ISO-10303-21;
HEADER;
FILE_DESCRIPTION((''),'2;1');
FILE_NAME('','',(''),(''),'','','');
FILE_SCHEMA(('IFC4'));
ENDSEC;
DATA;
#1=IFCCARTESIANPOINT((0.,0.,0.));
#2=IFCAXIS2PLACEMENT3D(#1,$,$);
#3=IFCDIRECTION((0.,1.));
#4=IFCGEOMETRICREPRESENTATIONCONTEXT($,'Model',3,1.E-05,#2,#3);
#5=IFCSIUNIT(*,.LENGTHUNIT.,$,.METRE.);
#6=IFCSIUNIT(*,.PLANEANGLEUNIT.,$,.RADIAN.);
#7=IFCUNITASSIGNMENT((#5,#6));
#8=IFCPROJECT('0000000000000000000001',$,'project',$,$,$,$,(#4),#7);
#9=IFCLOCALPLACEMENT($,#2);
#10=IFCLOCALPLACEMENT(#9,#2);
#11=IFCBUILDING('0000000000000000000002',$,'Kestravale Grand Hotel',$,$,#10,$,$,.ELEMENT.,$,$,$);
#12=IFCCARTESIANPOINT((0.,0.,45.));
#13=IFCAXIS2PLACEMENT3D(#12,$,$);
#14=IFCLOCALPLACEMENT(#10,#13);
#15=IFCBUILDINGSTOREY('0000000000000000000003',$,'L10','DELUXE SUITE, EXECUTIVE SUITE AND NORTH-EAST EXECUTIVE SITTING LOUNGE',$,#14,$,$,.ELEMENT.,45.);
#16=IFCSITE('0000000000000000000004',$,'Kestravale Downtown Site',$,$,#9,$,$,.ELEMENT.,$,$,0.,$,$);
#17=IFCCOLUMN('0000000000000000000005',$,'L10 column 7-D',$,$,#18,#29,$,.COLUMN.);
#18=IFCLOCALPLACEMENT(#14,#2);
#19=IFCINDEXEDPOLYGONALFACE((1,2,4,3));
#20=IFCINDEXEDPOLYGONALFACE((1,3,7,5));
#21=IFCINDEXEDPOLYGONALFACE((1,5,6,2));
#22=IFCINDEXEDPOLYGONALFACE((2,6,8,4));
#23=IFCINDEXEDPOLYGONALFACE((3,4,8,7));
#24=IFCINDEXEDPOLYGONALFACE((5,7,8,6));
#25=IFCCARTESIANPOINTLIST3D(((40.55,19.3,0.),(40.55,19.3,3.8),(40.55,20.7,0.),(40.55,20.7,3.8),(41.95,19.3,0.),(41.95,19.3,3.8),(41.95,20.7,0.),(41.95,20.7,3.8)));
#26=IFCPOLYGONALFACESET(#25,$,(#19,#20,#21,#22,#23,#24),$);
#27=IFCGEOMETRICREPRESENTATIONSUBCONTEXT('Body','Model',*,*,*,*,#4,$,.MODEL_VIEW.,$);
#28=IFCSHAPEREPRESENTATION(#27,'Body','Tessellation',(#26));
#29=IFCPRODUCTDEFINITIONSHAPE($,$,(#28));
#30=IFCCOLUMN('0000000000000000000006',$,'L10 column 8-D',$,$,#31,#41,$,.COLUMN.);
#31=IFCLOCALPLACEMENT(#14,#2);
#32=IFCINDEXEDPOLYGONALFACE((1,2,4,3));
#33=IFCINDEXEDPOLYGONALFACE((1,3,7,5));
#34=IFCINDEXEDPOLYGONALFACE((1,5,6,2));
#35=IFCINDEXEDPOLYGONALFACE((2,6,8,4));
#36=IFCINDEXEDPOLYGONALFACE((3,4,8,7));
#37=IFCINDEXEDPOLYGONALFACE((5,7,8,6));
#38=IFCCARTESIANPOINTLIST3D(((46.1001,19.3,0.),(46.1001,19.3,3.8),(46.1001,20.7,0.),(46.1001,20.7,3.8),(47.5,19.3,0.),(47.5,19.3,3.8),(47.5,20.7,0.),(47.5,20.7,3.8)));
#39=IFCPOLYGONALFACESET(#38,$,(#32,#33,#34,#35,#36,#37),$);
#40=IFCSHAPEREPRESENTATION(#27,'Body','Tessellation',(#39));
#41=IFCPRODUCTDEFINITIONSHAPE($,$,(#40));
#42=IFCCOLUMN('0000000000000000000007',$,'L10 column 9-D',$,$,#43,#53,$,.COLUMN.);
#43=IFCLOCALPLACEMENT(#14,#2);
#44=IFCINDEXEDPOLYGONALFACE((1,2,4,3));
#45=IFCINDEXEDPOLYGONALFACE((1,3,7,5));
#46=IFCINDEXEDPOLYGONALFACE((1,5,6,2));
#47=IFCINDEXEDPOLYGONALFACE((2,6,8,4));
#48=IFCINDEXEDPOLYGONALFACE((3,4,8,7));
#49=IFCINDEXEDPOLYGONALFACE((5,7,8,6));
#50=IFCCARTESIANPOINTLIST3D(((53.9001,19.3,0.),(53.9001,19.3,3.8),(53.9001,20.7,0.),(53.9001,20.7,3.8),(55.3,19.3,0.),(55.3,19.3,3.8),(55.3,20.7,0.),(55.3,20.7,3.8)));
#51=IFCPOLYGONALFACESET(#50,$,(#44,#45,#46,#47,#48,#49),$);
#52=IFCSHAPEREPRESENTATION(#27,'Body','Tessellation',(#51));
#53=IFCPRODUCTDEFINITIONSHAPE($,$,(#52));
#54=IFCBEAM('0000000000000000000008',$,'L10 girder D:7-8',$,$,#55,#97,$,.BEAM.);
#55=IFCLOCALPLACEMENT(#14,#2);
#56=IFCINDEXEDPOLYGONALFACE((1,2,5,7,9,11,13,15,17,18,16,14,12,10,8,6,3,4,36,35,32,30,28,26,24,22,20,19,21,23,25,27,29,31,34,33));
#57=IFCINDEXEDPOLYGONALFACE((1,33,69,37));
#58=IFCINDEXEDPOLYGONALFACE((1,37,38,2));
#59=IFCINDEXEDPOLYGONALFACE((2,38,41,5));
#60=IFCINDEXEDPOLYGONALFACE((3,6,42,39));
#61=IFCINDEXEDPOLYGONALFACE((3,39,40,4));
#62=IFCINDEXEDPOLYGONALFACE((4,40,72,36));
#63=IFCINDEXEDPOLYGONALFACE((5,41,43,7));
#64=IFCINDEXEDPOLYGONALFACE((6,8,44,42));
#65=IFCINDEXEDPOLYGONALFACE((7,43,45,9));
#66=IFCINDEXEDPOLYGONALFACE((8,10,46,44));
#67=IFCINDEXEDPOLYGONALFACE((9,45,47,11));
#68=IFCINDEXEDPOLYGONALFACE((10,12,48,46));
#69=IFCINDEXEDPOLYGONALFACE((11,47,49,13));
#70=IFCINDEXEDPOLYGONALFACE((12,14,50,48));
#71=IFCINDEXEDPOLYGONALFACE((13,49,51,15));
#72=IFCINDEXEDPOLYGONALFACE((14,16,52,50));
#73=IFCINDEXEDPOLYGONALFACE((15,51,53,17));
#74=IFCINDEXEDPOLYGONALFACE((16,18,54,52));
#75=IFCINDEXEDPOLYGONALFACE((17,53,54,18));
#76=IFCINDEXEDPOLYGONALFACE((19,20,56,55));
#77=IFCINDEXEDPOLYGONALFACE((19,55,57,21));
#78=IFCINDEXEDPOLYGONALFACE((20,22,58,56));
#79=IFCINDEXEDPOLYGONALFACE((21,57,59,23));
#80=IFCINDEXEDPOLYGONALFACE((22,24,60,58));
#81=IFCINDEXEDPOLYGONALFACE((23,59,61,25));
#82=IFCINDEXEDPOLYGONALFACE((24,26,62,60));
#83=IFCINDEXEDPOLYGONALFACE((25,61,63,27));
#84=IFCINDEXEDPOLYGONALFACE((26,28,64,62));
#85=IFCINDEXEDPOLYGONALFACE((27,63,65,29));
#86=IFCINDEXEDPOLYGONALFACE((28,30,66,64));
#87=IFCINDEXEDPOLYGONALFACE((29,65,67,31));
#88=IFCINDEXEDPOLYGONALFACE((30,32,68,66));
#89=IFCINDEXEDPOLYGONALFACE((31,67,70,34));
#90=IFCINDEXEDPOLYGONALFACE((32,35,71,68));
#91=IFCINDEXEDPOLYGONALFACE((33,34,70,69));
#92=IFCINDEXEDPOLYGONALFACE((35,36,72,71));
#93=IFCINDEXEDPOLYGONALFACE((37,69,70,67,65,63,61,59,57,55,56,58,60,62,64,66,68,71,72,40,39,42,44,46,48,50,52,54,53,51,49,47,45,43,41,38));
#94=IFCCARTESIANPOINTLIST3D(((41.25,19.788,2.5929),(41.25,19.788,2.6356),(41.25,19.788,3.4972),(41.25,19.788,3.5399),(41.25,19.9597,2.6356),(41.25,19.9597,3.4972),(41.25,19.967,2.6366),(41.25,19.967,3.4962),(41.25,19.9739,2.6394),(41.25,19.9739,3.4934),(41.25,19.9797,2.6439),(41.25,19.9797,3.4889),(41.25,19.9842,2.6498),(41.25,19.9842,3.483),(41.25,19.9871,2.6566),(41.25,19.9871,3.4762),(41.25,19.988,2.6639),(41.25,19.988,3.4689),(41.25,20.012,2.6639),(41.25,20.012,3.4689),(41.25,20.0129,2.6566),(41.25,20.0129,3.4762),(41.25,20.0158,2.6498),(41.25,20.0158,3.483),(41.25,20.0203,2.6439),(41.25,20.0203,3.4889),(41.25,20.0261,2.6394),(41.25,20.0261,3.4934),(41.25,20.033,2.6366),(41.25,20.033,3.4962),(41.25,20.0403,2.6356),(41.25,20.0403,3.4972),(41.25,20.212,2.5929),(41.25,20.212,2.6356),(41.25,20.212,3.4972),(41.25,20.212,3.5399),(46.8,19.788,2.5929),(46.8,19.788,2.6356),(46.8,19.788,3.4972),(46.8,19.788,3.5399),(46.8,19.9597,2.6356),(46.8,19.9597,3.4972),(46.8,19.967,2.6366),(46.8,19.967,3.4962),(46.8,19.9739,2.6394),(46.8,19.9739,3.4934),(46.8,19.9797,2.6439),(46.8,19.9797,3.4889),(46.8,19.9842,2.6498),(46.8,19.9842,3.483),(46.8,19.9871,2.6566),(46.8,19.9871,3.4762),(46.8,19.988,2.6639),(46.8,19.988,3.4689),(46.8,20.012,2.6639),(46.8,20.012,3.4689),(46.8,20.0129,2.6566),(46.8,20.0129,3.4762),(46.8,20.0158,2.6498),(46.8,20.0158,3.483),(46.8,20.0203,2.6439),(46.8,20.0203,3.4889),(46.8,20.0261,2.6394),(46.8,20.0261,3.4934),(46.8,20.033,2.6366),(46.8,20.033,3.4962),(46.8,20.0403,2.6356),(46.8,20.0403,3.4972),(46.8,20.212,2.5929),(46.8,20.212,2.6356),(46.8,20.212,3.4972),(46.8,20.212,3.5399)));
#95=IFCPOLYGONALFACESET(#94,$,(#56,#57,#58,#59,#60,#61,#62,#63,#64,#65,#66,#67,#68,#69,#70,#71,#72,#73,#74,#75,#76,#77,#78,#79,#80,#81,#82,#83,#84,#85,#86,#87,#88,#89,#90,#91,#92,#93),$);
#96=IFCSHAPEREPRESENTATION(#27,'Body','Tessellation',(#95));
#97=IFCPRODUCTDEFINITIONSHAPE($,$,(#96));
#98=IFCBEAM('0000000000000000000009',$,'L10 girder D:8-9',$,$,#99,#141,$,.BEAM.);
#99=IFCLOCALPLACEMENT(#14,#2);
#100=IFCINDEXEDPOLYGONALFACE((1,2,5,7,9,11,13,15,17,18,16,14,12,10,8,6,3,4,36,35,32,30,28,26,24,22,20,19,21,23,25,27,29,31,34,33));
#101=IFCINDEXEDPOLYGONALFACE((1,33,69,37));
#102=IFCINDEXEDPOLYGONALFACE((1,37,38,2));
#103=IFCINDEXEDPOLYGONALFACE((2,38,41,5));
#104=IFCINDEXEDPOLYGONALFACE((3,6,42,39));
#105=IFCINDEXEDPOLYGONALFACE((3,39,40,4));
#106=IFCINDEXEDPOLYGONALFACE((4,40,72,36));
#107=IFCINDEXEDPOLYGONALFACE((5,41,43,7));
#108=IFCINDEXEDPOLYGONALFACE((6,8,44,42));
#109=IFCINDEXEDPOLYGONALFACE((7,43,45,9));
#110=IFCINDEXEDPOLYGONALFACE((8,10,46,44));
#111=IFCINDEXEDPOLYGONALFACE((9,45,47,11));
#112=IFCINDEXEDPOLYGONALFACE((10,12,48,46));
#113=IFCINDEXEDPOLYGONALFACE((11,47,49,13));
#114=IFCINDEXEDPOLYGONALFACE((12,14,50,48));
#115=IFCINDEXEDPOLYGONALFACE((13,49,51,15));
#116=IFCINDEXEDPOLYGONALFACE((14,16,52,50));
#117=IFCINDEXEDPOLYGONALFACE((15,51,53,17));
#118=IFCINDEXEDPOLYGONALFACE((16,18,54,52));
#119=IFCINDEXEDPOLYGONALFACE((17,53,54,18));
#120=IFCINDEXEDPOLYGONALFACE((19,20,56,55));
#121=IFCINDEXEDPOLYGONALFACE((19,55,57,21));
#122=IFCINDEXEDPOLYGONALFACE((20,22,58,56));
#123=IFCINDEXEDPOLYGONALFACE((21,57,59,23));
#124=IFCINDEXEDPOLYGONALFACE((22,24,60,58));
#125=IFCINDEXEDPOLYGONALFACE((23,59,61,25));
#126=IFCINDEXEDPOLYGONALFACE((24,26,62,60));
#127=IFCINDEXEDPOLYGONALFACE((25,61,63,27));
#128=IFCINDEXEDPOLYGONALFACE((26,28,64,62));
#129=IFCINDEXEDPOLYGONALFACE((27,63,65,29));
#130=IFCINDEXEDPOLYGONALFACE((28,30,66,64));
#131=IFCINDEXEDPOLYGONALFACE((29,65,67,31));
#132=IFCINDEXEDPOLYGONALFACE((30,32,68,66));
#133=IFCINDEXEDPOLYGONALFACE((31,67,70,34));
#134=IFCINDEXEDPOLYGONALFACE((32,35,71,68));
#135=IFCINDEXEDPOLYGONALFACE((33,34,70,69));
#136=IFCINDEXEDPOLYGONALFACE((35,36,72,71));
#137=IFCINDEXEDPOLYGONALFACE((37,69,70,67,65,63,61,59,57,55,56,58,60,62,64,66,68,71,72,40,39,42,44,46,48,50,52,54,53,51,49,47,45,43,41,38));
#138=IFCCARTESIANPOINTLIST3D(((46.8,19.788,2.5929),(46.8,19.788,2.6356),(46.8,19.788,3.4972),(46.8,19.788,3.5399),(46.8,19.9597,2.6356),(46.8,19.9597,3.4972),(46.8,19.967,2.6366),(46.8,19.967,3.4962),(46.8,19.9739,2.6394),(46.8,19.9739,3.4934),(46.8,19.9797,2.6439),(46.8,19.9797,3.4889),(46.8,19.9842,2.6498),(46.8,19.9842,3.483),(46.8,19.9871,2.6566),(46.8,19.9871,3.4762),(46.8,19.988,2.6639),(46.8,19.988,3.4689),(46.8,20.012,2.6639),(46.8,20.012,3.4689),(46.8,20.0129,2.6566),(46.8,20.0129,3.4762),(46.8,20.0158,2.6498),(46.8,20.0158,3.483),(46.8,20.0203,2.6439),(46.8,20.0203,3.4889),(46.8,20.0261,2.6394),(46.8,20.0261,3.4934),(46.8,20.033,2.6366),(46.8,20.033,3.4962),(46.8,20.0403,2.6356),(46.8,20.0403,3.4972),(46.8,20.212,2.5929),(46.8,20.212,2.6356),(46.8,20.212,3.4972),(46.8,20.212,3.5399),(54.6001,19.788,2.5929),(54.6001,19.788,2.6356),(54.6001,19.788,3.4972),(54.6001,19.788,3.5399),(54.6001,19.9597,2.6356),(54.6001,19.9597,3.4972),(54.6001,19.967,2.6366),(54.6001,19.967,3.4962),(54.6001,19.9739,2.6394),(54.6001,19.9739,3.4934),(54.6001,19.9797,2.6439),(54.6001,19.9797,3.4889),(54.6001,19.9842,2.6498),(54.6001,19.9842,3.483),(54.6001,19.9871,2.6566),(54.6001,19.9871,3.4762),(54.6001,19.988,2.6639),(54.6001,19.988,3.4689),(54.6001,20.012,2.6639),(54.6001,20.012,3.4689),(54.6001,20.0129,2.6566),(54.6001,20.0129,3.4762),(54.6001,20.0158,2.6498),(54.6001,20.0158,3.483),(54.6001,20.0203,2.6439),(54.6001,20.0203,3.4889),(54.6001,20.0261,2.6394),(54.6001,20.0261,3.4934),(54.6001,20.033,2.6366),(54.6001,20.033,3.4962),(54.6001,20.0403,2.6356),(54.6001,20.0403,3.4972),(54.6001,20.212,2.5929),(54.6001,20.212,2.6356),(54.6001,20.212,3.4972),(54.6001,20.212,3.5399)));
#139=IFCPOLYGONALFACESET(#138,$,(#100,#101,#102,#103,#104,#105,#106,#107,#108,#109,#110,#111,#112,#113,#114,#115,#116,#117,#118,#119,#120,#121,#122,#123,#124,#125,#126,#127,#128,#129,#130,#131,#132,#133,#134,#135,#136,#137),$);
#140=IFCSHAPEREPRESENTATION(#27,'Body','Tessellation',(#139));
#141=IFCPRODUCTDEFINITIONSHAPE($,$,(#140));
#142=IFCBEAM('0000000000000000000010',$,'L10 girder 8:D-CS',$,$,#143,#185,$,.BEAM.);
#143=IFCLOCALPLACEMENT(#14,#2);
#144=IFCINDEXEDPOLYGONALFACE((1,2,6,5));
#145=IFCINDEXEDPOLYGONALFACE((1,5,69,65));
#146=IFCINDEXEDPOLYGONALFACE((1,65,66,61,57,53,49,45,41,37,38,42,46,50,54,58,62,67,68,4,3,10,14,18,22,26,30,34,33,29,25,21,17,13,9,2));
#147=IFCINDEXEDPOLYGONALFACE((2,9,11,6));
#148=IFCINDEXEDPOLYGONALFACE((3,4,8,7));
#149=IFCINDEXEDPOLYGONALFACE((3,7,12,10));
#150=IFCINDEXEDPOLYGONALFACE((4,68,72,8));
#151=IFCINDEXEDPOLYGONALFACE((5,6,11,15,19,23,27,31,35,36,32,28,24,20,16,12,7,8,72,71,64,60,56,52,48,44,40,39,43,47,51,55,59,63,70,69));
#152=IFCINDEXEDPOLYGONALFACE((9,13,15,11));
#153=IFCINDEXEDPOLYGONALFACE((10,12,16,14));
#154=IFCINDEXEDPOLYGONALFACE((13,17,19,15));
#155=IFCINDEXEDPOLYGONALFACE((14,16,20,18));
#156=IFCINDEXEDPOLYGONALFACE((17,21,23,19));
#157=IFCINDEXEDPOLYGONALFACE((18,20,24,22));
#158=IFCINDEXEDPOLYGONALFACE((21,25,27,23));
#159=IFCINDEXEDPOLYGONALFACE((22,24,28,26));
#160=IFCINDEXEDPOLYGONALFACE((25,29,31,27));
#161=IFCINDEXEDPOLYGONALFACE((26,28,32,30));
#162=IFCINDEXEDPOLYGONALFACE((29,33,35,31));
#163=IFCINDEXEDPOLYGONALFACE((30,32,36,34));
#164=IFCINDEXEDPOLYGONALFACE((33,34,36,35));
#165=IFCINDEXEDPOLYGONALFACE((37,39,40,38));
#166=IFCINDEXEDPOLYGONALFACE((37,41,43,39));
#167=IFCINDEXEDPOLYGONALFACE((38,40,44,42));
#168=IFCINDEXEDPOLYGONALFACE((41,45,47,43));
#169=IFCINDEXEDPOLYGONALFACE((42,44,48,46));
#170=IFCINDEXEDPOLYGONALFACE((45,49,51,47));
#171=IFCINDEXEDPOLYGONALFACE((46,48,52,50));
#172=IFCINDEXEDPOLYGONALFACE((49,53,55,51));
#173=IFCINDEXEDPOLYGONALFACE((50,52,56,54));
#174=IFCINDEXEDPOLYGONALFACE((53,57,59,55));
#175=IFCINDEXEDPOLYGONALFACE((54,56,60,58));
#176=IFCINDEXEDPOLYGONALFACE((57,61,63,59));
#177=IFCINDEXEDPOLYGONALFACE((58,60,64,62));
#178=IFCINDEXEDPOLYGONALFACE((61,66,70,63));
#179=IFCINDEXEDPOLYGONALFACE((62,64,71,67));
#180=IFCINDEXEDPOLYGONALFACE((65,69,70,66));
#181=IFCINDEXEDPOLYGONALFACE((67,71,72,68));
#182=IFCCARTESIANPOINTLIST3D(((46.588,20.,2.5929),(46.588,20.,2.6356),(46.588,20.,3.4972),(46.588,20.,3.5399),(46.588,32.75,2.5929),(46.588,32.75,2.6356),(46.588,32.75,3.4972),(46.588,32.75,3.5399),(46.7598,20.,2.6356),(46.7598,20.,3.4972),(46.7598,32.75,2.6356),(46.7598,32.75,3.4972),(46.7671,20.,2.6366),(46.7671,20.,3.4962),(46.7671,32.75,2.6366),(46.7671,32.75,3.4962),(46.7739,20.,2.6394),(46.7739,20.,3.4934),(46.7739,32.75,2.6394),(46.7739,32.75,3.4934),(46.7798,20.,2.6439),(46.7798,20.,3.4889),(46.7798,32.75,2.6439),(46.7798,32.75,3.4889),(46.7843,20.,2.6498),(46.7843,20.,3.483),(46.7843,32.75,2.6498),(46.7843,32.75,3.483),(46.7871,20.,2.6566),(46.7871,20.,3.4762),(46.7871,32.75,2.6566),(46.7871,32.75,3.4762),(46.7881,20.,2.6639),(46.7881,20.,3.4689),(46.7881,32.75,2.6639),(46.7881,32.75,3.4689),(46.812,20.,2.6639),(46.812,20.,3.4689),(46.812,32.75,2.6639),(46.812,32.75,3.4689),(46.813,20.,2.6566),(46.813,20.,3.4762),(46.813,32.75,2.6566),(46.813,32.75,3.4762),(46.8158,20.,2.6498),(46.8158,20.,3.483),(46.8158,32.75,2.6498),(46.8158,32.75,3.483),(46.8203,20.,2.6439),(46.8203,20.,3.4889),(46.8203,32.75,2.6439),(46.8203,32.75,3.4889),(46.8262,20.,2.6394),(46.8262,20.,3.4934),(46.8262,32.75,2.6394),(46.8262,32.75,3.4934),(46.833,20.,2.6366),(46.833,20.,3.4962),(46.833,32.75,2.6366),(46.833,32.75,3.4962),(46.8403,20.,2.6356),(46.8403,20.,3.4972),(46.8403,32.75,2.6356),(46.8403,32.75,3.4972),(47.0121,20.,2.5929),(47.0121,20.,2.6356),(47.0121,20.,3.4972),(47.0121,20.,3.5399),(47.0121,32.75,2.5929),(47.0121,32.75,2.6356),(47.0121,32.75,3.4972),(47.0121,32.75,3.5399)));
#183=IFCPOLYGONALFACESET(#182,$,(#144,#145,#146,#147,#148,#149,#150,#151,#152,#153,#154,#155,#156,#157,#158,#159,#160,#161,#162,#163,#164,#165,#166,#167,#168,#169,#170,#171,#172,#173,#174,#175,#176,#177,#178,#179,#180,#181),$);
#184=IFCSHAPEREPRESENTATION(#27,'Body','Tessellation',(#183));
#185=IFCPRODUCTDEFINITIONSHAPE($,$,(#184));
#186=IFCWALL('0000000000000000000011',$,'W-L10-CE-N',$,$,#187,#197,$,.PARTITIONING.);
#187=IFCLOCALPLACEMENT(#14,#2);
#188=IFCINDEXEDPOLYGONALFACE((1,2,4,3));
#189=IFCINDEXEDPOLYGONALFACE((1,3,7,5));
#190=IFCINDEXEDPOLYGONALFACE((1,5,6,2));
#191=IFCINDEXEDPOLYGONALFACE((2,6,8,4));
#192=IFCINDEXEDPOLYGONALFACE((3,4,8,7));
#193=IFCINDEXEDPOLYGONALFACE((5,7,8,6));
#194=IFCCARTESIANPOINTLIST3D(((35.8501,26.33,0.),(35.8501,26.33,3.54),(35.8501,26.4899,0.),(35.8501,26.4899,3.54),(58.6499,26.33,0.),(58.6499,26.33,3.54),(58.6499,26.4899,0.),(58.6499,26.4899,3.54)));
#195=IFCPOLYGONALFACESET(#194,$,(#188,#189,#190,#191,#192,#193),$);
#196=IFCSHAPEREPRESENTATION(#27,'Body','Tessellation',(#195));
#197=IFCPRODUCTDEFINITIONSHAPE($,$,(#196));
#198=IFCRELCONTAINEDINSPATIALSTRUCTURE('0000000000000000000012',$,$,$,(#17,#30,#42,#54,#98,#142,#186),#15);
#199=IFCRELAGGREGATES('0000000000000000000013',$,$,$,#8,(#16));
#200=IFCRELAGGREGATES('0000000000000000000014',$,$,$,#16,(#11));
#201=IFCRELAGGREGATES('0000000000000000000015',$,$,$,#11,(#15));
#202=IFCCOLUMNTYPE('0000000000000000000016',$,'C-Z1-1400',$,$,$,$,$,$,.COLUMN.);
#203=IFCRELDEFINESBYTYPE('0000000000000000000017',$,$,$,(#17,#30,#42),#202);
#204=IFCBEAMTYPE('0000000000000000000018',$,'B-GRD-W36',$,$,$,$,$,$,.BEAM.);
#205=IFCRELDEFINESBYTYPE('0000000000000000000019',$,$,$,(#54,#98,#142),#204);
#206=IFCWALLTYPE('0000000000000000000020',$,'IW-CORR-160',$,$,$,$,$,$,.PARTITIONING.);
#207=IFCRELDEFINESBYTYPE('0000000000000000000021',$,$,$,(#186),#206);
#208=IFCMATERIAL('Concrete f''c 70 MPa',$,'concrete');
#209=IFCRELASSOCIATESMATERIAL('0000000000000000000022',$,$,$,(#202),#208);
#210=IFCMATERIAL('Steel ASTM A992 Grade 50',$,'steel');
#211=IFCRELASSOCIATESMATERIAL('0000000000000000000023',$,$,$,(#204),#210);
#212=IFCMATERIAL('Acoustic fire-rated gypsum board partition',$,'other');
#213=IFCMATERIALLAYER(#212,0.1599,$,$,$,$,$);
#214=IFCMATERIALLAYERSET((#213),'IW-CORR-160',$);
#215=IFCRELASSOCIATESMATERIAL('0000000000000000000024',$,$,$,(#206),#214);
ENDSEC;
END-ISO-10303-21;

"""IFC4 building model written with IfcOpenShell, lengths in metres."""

from ifc_helpers import new_model, si_unit, direction, frame, frame_2d, origin, origin_2d, place, context, subcontext, project, spatial, rectangle, i_section, extrude, material, layer, layer_set, material_profile, profile_set, type_object, element, save


model = new_model("IFC4")

# Units and contexts
model_context = context("Model", 3, precision=1e-05, world=origin(), true_north=direction((0.0, 1.0)))
body_context = subcontext(model_context, "Body", "Model", "MODEL_VIEW")
ifc_project = project(units=[si_unit("LENGTHUNIT", "METRE"), si_unit("PLANEANGLEUNIT", "RADIAN")], contexts=[model_context])

# Site, building, storey
site_placement = place(None, origin())
site = spatial("IfcSite", under=ifc_project, at=site_placement, Name="Kestravale Downtown Site", CompositionType="ELEMENT", RefElevation=0.0)
building_placement = place(site_placement, origin())
building = spatial("IfcBuilding", under=site, at=building_placement, Name="Kestravale Grand Hotel", CompositionType="ELEMENT")
storey_placement = place(building_placement, frame((0.0, 0.0, 45.0)))
storey = spatial("IfcBuildingStorey", under=building, at=storey_placement, Name="L10", Description="DELUXE SUITE, EXECUTIVE SUITE AND NORTH-EAST EXECUTIVE SITTING LOUNGE", CompositionType="ELEMENT", Elevation=45.0)

# Columns
ifc_material_1 = material(Name="Concrete f'c 70 MPa", Category="concrete")
ifc_material_profile_1 = material_profile(ifc_material_1, rectangle(XDim=1.3999, YDim=1.3999, at=origin_2d()))
ifc_profile_set_1 = profile_set([ifc_material_profile_1], Name="Concrete f'c 70 MPa")
column_type = type_object("IfcColumnType", Name="C-Z1-1400", PredefinedType="COLUMN", material=ifc_profile_set_1)
for number, where, z_axis, x_axis, name in (
    (1, (41.25, 20.0, 0.0), (0.0, 0.0, 1.0), (1.0, 0.0, 0.0), "L10 column 7-D"),
    (2, (46.8, 20.0, 0.0), (0.0, 0.0, 1.0), (1.0, 0.0, 0.0), "L10 column 8-D"),
    (3, (54.6001, 20.0, 0.0), (0.0, 0.0, 1.0), (1.0, 0.0, 0.0), "L10 column 9-D"),
):
    element("IfcColumn", number, at=place(storey_placement, frame(where, z_axis=z_axis, x_axis=x_axis)), inside=storey, type_object=column_type, Name=name, PredefinedType="COLUMN", context=body_context, shape_type="SweptSolid", body=[
        extrude(rectangle(XDim=1.3999, YDim=1.3999, at=origin_2d()), origin(), (0.0, 0.0, 1.0), 3.8),
    ])

# Beams
ifc_material_2 = material(Name="Steel ASTM A992 Grade 50", Category="steel")
ifc_material_profile_2 = material_profile(ifc_material_2, i_section(OverallWidth=0.4241, OverallDepth=0.947, WebThickness=0.0239, FlangeThickness=0.0427, FilletRadius=0.0283, at=origin_2d()))
ifc_profile_set_2 = profile_set([ifc_material_profile_2], Name="Steel ASTM A992 Grade 50")
beam_type = type_object("IfcBeamType", Name="B-GRD-W36", PredefinedType="BEAM", material=ifc_profile_set_2)
beam_1_placement = place(storey_placement, frame((41.25, 20.0, 3.0664), z_axis=(1.0, 0.0, 0.0), x_axis=(0.0, 1.0, 0.0)))
element("IfcBeam", 4, at=beam_1_placement, inside=storey, type_object=beam_type, Name="L10 girder D:7-8", PredefinedType="BEAM", context=body_context, shape_type="SweptSolid", body=[
    extrude(i_section(OverallWidth=0.4241, OverallDepth=0.947, WebThickness=0.0239, FlangeThickness=0.0427, FilletRadius=0.0283, at=origin_2d()), origin(), (0.0, 0.0, 1.0), 5.55),
])
beam_2_placement = place(storey_placement, frame((46.8, 20.0, 3.0664), z_axis=(1.0, 0.0, 0.0), x_axis=(0.0, 1.0, 0.0)))
element("IfcBeam", 5, at=beam_2_placement, inside=storey, type_object=beam_type, Name="L10 girder D:8-9", PredefinedType="BEAM", context=body_context, shape_type="SweptSolid", body=[
    extrude(i_section(OverallWidth=0.4241, OverallDepth=0.947, WebThickness=0.0239, FlangeThickness=0.0427, FilletRadius=0.0283, at=origin_2d()), origin(), (0.0, 0.0, 1.0), 7.8),
])
beam_3_placement = place(storey_placement, frame((46.8, 20.0, 3.0664), z_axis=(0.0, 1.0, 0.0), x_axis=(-1.0, 0.0, 0.0)))
element("IfcBeam", 6, at=beam_3_placement, inside=storey, type_object=beam_type, Name="L10 girder 8:D-CS", PredefinedType="BEAM", context=body_context, shape_type="SweptSolid", body=[
    extrude(i_section(OverallWidth=0.4241, OverallDepth=0.947, WebThickness=0.0239, FlangeThickness=0.0427, FilletRadius=0.0283, at=origin_2d()), origin(), (0.0, 0.0, 1.0), 12.75),
])

# Wall
ifc_material_3 = material(Name="Acoustic fire-rated gypsum board partition", Category="other")
ifc_layer_1 = layer(ifc_material_3, 0.1599)
ifc_layer_set_1 = layer_set([ifc_layer_1], Name="IW-CORR-160")
wall_type_1 = type_object("IfcWallType", Name="IW-CORR-160", PredefinedType="PARTITIONING", material=ifc_layer_set_1)
wall_1_placement = place(storey_placement, frame((35.8501, 26.4099, 0.0), z_axis=(0.0, 0.0, 1.0), x_axis=(1.0, 0.0, 0.0)))
element("IfcWall", 7, at=wall_1_placement, inside=storey, type_object=wall_type_1, Name="W-L10-CE-N", PredefinedType="PARTITIONING", context=body_context, shape_type="SweptSolid", body=[
    extrude(rectangle(XDim=22.7998, YDim=0.1599, at=frame_2d((11.3999, 0.0))), origin(), (0.0, 0.0, 1.0), 3.54),
])

save(model, "model.ifc")
